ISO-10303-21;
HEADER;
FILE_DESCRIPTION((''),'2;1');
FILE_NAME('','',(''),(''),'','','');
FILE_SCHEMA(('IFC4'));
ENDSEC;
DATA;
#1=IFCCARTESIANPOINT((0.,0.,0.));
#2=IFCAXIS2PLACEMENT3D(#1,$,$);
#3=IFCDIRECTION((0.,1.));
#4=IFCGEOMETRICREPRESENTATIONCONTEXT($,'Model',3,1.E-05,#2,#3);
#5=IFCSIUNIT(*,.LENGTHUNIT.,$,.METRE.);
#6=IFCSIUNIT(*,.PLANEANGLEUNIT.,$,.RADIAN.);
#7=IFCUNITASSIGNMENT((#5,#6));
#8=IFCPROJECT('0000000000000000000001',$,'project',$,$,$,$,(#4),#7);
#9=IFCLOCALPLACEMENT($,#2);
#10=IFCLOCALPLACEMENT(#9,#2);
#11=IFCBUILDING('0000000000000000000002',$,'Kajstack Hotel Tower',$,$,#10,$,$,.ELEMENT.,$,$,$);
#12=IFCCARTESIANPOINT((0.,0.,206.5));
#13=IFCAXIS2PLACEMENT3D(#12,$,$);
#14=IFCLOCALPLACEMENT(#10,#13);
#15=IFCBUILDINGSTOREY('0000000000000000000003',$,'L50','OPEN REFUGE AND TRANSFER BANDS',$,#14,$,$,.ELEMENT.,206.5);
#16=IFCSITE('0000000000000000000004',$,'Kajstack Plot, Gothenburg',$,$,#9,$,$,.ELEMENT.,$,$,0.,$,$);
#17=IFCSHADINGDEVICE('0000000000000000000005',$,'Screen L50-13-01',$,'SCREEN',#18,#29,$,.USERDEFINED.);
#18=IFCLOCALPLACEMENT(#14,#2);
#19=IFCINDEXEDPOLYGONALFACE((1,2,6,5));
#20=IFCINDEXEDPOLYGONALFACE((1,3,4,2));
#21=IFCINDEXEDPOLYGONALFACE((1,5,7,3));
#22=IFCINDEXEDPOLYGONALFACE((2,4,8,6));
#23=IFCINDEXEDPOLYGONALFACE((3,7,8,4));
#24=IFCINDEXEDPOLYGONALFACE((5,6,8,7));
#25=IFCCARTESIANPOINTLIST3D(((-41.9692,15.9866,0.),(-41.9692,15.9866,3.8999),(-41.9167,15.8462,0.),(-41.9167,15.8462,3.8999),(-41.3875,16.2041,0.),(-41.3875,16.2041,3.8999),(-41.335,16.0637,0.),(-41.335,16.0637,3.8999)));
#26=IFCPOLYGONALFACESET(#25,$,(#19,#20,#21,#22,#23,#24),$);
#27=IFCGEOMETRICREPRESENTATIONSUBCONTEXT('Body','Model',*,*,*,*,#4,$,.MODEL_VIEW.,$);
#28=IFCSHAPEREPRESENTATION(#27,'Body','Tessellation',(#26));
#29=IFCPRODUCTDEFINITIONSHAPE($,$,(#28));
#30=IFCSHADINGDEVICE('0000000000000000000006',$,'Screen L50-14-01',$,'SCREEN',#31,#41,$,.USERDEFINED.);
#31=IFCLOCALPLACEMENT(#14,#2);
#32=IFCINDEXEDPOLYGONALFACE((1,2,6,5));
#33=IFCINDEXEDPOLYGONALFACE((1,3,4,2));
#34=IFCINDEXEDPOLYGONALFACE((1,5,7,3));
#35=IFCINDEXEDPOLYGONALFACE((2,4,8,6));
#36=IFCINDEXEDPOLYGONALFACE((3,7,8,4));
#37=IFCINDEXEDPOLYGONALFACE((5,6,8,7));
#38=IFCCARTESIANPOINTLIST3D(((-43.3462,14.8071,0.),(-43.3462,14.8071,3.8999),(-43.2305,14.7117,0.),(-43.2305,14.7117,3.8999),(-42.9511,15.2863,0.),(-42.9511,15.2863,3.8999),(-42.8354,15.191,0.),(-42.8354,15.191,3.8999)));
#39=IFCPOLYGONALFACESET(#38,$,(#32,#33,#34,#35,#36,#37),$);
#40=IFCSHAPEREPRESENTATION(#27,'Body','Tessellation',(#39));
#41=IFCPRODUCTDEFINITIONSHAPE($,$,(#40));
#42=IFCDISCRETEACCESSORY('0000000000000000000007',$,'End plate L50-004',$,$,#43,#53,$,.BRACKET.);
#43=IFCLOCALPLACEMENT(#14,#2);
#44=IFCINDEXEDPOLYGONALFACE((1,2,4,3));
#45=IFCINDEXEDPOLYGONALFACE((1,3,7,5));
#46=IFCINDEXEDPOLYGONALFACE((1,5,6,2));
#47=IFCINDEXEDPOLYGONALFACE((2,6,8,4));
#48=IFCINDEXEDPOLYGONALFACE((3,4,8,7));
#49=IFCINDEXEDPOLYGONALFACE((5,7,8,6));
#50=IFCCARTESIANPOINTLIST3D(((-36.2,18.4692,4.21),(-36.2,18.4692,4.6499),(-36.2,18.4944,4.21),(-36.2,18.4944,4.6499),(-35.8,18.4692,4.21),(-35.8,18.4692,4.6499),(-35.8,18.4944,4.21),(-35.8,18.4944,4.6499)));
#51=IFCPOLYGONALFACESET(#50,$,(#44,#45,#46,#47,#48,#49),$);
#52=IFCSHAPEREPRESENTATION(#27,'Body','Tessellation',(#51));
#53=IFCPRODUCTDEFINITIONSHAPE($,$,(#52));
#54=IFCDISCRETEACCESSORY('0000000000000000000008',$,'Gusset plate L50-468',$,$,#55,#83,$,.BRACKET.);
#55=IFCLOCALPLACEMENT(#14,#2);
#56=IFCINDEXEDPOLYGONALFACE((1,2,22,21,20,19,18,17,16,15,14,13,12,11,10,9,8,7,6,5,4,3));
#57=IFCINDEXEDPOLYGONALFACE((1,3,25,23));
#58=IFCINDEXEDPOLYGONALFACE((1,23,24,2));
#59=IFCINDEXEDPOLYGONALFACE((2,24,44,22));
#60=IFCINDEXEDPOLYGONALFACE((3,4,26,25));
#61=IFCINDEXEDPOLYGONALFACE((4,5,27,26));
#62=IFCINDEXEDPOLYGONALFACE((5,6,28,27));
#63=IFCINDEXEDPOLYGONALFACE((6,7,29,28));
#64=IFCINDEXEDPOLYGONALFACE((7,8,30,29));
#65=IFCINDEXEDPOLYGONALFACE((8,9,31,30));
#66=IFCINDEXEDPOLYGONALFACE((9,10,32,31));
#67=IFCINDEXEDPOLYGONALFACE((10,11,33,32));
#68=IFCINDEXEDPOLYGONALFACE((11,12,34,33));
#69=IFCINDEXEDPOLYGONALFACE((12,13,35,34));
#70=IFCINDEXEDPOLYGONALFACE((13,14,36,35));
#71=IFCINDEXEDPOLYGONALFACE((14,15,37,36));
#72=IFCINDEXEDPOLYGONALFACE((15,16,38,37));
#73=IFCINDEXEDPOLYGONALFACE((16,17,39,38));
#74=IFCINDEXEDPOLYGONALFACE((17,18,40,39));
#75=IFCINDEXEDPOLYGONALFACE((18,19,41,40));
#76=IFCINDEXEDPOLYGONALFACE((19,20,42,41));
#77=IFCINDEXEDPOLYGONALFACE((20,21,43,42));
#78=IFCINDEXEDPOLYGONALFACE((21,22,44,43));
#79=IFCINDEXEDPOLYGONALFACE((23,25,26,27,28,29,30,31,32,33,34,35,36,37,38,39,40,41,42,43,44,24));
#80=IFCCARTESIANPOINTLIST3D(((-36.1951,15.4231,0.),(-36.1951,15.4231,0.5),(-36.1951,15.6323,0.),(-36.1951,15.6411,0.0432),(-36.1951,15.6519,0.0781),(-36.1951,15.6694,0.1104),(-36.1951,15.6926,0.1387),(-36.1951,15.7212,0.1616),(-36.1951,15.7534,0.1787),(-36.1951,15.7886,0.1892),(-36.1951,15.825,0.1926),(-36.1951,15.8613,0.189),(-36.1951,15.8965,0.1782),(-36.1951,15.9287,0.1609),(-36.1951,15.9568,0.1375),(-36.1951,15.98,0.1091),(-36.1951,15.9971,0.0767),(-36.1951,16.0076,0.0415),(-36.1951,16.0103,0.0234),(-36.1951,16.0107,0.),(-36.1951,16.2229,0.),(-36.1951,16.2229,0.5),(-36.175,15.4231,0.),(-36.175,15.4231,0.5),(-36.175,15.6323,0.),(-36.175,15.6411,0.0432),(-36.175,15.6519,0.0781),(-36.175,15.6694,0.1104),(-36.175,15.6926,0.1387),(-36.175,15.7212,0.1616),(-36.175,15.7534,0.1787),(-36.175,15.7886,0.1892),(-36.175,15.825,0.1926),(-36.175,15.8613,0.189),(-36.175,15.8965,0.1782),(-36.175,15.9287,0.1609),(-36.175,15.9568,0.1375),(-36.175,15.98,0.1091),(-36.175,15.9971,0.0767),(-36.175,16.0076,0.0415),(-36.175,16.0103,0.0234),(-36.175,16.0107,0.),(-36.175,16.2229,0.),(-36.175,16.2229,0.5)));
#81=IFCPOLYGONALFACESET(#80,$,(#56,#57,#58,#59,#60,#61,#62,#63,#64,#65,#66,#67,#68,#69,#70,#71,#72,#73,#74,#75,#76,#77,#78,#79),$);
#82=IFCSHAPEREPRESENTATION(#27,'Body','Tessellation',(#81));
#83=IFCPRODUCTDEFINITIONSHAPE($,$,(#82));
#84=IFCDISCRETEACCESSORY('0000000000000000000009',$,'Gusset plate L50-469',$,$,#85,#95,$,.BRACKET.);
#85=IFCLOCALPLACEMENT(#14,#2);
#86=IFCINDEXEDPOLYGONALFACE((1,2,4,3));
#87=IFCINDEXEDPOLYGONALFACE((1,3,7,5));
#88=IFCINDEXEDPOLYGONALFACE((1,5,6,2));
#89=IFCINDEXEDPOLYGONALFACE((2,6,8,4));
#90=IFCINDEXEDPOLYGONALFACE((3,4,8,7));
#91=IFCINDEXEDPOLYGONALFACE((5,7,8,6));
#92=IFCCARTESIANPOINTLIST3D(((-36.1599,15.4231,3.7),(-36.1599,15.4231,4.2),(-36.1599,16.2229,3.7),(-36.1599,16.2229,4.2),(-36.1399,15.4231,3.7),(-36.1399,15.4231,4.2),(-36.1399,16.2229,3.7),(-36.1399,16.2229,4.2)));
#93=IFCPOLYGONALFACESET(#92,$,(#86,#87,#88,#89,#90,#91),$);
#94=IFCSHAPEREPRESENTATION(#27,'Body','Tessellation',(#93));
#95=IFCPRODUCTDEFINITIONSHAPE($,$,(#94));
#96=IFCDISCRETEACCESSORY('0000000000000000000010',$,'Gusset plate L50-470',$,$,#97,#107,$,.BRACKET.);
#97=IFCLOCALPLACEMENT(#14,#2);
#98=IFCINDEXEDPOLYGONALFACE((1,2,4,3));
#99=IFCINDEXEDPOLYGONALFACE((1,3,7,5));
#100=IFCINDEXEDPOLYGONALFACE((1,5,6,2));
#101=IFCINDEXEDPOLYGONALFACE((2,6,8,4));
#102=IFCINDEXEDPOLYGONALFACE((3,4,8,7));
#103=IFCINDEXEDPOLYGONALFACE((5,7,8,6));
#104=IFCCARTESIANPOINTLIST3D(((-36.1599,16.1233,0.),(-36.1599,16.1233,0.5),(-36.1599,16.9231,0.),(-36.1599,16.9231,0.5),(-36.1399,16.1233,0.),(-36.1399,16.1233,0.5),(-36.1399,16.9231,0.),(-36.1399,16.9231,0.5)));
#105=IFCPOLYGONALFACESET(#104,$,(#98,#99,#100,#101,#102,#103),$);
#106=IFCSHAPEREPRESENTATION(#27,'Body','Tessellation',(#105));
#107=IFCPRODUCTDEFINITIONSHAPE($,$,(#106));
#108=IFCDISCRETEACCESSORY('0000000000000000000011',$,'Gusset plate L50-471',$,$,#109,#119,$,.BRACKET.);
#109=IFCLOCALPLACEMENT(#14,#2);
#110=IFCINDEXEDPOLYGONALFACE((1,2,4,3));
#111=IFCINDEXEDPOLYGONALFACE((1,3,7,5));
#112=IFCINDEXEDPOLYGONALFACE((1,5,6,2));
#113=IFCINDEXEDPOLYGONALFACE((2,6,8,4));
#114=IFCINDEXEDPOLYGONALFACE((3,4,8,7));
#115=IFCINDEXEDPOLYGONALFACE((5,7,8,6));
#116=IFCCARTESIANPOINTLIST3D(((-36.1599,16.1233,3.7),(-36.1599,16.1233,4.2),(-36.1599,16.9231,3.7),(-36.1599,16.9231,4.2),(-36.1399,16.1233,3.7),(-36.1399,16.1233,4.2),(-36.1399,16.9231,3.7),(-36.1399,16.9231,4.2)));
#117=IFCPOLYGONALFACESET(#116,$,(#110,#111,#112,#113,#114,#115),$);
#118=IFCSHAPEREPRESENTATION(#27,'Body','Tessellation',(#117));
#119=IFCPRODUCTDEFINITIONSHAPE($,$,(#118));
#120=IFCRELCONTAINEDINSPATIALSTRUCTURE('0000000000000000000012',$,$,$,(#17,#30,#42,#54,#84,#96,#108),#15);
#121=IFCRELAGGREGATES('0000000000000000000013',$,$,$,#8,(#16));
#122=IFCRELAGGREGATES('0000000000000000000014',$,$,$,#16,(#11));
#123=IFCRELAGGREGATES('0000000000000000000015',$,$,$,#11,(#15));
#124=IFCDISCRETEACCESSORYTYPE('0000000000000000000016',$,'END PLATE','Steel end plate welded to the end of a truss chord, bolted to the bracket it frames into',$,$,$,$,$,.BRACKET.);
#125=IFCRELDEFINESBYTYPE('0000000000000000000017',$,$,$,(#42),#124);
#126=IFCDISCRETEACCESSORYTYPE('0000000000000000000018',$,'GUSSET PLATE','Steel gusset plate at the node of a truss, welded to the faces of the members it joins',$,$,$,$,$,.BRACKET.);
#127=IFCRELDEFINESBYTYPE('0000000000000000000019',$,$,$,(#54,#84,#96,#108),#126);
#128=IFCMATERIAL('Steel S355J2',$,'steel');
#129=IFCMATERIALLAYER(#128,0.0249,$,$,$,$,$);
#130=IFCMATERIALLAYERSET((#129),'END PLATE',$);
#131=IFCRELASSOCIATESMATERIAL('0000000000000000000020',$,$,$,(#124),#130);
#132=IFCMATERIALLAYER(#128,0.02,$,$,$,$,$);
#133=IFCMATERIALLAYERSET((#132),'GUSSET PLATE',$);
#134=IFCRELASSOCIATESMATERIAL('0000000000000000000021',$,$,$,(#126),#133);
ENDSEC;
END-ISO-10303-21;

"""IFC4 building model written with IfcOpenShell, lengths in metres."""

from ifc_helpers import new_model, si_unit, direction, frame, origin, origin_2d, place, context, subcontext, project, spatial, polyline, rectangle, outline, extrude, material, layer, layer_set, type_object, element, save


model = new_model("IFC4")

# Units and contexts
model_context = context("Model", 3, precision=1e-05, world=origin(), true_north=direction((0.0, 1.0)))
body_context = subcontext(model_context, "Body", "Model", "MODEL_VIEW")
ifc_project = project(units=[si_unit("LENGTHUNIT", "METRE"), si_unit("PLANEANGLEUNIT", "RADIAN")], contexts=[model_context])

# Site, building, storey
site_placement = place(None, origin())
site = spatial("IfcSite", under=ifc_project, at=site_placement, Name="Kajstack Plot, Gothenburg", CompositionType="ELEMENT", RefElevation=0.0)
building_placement = place(site_placement, origin())
building = spatial("IfcBuilding", under=site, at=building_placement, Name="Kajstack Hotel Tower", CompositionType="ELEMENT")
storey_placement = place(building_placement, frame((0.0, 0.0, 206.5)))
storey = spatial("IfcBuildingStorey", under=building, at=storey_placement, Name="L50", Description="OPEN REFUGE AND TRANSFER BANDS", CompositionType="ELEMENT", Elevation=206.5)

# Shared definitions
ifc_material = material(Name="Steel S355J2", Category="steel")

# Shading devices
for number, where, z_axis, x_axis, name in (
    (1, (-41.6521, 16.0251, 0.0), (0.0, 0.0, 1.0), (-0.936674, -0.350202, 0.0), "Screen L50-13-01"),
    (2, (-43.0908, 14.999, 0.0), (0.0, 0.0, 1.0), (-0.636095, -0.771611, 0.0), "Screen L50-14-01"),
):
    element("IfcShadingDevice", number, at=place(storey_placement, frame(where, z_axis=z_axis, x_axis=x_axis)), inside=storey, Name=name, ObjectType="SCREEN", PredefinedType="USERDEFINED", context=body_context, shape_type="SweptSolid", body=[
        extrude(rectangle(XDim=0.6211, YDim=0.1499, at=origin_2d()), origin(), (0.0, 0.0, 1.0), 3.8999),
    ])

# Discrete accessories
ifc_layer_1 = layer(ifc_material, 0.0249)
ifc_layer_set_1 = layer_set([ifc_layer_1], Name="END PLATE")
discrete_accessory_type_1 = type_object("IfcDiscreteAccessoryType", Name="END PLATE", Description="Steel end plate welded to the end of a truss chord, bolted to the bracket it frames into", PredefinedType="BRACKET", material=ifc_layer_set_1)
discrete_accessory_1_placement = place(storey_placement, frame((-36.0, 18.4692, 4.4299), z_axis=(0.0, 1.0, 0.0), x_axis=(-1.0, 0.0, 0.0)))
element("IfcDiscreteAccessory", 3, at=discrete_accessory_1_placement, inside=storey, type_object=discrete_accessory_type_1, Name="End plate L50-004", PredefinedType="BRACKET", context=body_context, shape_type="SweptSolid", body=[
    extrude(outline(polyline([(-0.2, -0.22), (0.2, -0.22), (0.2, 0.22), (-0.2, 0.22), (-0.2, -0.22)])), origin(), (0.0, 0.0, 1.0), 0.0251),
])
ifc_layer_2 = layer(ifc_material, 0.02)
ifc_layer_set_2 = layer_set([ifc_layer_2], Name="GUSSET PLATE")
discrete_accessory_type_2 = type_object("IfcDiscreteAccessoryType", Name="GUSSET PLATE", Description="Steel gusset plate at the node of a truss, welded to the faces of the members it joins", PredefinedType="BRACKET", material=ifc_layer_set_2)
discrete_accessory_2_placement = place(storey_placement, frame((-36.1951, 15.823, 0.0), z_axis=(1.0, 0.0, 0.0), x_axis=(0.0, 1.0, 0.0)))
element("IfcDiscreteAccessory", 4, at=discrete_accessory_2_placement, inside=storey, type_object=discrete_accessory_type_2, Name="Gusset plate L50-468", PredefinedType="BRACKET", context=body_context, shape_type="SweptSolid", body=[
    extrude(outline(polyline([(-0.3999, 0.0), (-0.1907, 0.0), (-0.1819, 0.0432), (-0.1711, 0.0781), (-0.1536, 0.1104), (-0.1304, 0.1387), (-0.1018, 0.1616), (-0.0696, 0.1787), (-0.0344, 0.1892), (0.002, 0.1926), (0.0383, 0.189), (0.0735, 0.1782), (0.1057, 0.1609), (0.1338, 0.1375), (0.157, 0.1091), (0.1741, 0.0767), (0.1846, 0.0415), (0.1873, 0.0234), (0.1877, 0.0), (0.3999, 0.0), (0.3999, 0.5), (-0.3999, 0.5), (-0.3999, 0.0)])), origin(), (0.0, 0.0, 1.0), 0.02),
])
for number, where, z_axis, x_axis, name in (
    (5, (-36.1599, 15.823, 3.7), (1.0, 0.0, 0.0), (0.0, 1.0, 0.0), "Gusset plate L50-469"),
    (6, (-36.1599, 16.5232, 0.0), (1.0, 0.0, 0.0), (0.0, 1.0, 0.0), "Gusset plate L50-470"),
    (7, (-36.1599, 16.5232, 3.7), (1.0, 0.0, 0.0), (0.0, 1.0, 0.0), "Gusset plate L50-471"),
):
    element("IfcDiscreteAccessory", number, at=place(storey_placement, frame(where, z_axis=z_axis, x_axis=x_axis)), inside=storey, type_object=discrete_accessory_type_2, Name=name, PredefinedType="BRACKET", context=body_context, shape_type="SweptSolid", body=[
        extrude(outline(polyline([(-0.3999, 0.0), (0.3999, 0.0), (0.3999, 0.5), (-0.3999, 0.5), (-0.3999, 0.0)])), origin(), (0.0, 0.0, 1.0), 0.02),
    ])

save(model, "model.ifc")
